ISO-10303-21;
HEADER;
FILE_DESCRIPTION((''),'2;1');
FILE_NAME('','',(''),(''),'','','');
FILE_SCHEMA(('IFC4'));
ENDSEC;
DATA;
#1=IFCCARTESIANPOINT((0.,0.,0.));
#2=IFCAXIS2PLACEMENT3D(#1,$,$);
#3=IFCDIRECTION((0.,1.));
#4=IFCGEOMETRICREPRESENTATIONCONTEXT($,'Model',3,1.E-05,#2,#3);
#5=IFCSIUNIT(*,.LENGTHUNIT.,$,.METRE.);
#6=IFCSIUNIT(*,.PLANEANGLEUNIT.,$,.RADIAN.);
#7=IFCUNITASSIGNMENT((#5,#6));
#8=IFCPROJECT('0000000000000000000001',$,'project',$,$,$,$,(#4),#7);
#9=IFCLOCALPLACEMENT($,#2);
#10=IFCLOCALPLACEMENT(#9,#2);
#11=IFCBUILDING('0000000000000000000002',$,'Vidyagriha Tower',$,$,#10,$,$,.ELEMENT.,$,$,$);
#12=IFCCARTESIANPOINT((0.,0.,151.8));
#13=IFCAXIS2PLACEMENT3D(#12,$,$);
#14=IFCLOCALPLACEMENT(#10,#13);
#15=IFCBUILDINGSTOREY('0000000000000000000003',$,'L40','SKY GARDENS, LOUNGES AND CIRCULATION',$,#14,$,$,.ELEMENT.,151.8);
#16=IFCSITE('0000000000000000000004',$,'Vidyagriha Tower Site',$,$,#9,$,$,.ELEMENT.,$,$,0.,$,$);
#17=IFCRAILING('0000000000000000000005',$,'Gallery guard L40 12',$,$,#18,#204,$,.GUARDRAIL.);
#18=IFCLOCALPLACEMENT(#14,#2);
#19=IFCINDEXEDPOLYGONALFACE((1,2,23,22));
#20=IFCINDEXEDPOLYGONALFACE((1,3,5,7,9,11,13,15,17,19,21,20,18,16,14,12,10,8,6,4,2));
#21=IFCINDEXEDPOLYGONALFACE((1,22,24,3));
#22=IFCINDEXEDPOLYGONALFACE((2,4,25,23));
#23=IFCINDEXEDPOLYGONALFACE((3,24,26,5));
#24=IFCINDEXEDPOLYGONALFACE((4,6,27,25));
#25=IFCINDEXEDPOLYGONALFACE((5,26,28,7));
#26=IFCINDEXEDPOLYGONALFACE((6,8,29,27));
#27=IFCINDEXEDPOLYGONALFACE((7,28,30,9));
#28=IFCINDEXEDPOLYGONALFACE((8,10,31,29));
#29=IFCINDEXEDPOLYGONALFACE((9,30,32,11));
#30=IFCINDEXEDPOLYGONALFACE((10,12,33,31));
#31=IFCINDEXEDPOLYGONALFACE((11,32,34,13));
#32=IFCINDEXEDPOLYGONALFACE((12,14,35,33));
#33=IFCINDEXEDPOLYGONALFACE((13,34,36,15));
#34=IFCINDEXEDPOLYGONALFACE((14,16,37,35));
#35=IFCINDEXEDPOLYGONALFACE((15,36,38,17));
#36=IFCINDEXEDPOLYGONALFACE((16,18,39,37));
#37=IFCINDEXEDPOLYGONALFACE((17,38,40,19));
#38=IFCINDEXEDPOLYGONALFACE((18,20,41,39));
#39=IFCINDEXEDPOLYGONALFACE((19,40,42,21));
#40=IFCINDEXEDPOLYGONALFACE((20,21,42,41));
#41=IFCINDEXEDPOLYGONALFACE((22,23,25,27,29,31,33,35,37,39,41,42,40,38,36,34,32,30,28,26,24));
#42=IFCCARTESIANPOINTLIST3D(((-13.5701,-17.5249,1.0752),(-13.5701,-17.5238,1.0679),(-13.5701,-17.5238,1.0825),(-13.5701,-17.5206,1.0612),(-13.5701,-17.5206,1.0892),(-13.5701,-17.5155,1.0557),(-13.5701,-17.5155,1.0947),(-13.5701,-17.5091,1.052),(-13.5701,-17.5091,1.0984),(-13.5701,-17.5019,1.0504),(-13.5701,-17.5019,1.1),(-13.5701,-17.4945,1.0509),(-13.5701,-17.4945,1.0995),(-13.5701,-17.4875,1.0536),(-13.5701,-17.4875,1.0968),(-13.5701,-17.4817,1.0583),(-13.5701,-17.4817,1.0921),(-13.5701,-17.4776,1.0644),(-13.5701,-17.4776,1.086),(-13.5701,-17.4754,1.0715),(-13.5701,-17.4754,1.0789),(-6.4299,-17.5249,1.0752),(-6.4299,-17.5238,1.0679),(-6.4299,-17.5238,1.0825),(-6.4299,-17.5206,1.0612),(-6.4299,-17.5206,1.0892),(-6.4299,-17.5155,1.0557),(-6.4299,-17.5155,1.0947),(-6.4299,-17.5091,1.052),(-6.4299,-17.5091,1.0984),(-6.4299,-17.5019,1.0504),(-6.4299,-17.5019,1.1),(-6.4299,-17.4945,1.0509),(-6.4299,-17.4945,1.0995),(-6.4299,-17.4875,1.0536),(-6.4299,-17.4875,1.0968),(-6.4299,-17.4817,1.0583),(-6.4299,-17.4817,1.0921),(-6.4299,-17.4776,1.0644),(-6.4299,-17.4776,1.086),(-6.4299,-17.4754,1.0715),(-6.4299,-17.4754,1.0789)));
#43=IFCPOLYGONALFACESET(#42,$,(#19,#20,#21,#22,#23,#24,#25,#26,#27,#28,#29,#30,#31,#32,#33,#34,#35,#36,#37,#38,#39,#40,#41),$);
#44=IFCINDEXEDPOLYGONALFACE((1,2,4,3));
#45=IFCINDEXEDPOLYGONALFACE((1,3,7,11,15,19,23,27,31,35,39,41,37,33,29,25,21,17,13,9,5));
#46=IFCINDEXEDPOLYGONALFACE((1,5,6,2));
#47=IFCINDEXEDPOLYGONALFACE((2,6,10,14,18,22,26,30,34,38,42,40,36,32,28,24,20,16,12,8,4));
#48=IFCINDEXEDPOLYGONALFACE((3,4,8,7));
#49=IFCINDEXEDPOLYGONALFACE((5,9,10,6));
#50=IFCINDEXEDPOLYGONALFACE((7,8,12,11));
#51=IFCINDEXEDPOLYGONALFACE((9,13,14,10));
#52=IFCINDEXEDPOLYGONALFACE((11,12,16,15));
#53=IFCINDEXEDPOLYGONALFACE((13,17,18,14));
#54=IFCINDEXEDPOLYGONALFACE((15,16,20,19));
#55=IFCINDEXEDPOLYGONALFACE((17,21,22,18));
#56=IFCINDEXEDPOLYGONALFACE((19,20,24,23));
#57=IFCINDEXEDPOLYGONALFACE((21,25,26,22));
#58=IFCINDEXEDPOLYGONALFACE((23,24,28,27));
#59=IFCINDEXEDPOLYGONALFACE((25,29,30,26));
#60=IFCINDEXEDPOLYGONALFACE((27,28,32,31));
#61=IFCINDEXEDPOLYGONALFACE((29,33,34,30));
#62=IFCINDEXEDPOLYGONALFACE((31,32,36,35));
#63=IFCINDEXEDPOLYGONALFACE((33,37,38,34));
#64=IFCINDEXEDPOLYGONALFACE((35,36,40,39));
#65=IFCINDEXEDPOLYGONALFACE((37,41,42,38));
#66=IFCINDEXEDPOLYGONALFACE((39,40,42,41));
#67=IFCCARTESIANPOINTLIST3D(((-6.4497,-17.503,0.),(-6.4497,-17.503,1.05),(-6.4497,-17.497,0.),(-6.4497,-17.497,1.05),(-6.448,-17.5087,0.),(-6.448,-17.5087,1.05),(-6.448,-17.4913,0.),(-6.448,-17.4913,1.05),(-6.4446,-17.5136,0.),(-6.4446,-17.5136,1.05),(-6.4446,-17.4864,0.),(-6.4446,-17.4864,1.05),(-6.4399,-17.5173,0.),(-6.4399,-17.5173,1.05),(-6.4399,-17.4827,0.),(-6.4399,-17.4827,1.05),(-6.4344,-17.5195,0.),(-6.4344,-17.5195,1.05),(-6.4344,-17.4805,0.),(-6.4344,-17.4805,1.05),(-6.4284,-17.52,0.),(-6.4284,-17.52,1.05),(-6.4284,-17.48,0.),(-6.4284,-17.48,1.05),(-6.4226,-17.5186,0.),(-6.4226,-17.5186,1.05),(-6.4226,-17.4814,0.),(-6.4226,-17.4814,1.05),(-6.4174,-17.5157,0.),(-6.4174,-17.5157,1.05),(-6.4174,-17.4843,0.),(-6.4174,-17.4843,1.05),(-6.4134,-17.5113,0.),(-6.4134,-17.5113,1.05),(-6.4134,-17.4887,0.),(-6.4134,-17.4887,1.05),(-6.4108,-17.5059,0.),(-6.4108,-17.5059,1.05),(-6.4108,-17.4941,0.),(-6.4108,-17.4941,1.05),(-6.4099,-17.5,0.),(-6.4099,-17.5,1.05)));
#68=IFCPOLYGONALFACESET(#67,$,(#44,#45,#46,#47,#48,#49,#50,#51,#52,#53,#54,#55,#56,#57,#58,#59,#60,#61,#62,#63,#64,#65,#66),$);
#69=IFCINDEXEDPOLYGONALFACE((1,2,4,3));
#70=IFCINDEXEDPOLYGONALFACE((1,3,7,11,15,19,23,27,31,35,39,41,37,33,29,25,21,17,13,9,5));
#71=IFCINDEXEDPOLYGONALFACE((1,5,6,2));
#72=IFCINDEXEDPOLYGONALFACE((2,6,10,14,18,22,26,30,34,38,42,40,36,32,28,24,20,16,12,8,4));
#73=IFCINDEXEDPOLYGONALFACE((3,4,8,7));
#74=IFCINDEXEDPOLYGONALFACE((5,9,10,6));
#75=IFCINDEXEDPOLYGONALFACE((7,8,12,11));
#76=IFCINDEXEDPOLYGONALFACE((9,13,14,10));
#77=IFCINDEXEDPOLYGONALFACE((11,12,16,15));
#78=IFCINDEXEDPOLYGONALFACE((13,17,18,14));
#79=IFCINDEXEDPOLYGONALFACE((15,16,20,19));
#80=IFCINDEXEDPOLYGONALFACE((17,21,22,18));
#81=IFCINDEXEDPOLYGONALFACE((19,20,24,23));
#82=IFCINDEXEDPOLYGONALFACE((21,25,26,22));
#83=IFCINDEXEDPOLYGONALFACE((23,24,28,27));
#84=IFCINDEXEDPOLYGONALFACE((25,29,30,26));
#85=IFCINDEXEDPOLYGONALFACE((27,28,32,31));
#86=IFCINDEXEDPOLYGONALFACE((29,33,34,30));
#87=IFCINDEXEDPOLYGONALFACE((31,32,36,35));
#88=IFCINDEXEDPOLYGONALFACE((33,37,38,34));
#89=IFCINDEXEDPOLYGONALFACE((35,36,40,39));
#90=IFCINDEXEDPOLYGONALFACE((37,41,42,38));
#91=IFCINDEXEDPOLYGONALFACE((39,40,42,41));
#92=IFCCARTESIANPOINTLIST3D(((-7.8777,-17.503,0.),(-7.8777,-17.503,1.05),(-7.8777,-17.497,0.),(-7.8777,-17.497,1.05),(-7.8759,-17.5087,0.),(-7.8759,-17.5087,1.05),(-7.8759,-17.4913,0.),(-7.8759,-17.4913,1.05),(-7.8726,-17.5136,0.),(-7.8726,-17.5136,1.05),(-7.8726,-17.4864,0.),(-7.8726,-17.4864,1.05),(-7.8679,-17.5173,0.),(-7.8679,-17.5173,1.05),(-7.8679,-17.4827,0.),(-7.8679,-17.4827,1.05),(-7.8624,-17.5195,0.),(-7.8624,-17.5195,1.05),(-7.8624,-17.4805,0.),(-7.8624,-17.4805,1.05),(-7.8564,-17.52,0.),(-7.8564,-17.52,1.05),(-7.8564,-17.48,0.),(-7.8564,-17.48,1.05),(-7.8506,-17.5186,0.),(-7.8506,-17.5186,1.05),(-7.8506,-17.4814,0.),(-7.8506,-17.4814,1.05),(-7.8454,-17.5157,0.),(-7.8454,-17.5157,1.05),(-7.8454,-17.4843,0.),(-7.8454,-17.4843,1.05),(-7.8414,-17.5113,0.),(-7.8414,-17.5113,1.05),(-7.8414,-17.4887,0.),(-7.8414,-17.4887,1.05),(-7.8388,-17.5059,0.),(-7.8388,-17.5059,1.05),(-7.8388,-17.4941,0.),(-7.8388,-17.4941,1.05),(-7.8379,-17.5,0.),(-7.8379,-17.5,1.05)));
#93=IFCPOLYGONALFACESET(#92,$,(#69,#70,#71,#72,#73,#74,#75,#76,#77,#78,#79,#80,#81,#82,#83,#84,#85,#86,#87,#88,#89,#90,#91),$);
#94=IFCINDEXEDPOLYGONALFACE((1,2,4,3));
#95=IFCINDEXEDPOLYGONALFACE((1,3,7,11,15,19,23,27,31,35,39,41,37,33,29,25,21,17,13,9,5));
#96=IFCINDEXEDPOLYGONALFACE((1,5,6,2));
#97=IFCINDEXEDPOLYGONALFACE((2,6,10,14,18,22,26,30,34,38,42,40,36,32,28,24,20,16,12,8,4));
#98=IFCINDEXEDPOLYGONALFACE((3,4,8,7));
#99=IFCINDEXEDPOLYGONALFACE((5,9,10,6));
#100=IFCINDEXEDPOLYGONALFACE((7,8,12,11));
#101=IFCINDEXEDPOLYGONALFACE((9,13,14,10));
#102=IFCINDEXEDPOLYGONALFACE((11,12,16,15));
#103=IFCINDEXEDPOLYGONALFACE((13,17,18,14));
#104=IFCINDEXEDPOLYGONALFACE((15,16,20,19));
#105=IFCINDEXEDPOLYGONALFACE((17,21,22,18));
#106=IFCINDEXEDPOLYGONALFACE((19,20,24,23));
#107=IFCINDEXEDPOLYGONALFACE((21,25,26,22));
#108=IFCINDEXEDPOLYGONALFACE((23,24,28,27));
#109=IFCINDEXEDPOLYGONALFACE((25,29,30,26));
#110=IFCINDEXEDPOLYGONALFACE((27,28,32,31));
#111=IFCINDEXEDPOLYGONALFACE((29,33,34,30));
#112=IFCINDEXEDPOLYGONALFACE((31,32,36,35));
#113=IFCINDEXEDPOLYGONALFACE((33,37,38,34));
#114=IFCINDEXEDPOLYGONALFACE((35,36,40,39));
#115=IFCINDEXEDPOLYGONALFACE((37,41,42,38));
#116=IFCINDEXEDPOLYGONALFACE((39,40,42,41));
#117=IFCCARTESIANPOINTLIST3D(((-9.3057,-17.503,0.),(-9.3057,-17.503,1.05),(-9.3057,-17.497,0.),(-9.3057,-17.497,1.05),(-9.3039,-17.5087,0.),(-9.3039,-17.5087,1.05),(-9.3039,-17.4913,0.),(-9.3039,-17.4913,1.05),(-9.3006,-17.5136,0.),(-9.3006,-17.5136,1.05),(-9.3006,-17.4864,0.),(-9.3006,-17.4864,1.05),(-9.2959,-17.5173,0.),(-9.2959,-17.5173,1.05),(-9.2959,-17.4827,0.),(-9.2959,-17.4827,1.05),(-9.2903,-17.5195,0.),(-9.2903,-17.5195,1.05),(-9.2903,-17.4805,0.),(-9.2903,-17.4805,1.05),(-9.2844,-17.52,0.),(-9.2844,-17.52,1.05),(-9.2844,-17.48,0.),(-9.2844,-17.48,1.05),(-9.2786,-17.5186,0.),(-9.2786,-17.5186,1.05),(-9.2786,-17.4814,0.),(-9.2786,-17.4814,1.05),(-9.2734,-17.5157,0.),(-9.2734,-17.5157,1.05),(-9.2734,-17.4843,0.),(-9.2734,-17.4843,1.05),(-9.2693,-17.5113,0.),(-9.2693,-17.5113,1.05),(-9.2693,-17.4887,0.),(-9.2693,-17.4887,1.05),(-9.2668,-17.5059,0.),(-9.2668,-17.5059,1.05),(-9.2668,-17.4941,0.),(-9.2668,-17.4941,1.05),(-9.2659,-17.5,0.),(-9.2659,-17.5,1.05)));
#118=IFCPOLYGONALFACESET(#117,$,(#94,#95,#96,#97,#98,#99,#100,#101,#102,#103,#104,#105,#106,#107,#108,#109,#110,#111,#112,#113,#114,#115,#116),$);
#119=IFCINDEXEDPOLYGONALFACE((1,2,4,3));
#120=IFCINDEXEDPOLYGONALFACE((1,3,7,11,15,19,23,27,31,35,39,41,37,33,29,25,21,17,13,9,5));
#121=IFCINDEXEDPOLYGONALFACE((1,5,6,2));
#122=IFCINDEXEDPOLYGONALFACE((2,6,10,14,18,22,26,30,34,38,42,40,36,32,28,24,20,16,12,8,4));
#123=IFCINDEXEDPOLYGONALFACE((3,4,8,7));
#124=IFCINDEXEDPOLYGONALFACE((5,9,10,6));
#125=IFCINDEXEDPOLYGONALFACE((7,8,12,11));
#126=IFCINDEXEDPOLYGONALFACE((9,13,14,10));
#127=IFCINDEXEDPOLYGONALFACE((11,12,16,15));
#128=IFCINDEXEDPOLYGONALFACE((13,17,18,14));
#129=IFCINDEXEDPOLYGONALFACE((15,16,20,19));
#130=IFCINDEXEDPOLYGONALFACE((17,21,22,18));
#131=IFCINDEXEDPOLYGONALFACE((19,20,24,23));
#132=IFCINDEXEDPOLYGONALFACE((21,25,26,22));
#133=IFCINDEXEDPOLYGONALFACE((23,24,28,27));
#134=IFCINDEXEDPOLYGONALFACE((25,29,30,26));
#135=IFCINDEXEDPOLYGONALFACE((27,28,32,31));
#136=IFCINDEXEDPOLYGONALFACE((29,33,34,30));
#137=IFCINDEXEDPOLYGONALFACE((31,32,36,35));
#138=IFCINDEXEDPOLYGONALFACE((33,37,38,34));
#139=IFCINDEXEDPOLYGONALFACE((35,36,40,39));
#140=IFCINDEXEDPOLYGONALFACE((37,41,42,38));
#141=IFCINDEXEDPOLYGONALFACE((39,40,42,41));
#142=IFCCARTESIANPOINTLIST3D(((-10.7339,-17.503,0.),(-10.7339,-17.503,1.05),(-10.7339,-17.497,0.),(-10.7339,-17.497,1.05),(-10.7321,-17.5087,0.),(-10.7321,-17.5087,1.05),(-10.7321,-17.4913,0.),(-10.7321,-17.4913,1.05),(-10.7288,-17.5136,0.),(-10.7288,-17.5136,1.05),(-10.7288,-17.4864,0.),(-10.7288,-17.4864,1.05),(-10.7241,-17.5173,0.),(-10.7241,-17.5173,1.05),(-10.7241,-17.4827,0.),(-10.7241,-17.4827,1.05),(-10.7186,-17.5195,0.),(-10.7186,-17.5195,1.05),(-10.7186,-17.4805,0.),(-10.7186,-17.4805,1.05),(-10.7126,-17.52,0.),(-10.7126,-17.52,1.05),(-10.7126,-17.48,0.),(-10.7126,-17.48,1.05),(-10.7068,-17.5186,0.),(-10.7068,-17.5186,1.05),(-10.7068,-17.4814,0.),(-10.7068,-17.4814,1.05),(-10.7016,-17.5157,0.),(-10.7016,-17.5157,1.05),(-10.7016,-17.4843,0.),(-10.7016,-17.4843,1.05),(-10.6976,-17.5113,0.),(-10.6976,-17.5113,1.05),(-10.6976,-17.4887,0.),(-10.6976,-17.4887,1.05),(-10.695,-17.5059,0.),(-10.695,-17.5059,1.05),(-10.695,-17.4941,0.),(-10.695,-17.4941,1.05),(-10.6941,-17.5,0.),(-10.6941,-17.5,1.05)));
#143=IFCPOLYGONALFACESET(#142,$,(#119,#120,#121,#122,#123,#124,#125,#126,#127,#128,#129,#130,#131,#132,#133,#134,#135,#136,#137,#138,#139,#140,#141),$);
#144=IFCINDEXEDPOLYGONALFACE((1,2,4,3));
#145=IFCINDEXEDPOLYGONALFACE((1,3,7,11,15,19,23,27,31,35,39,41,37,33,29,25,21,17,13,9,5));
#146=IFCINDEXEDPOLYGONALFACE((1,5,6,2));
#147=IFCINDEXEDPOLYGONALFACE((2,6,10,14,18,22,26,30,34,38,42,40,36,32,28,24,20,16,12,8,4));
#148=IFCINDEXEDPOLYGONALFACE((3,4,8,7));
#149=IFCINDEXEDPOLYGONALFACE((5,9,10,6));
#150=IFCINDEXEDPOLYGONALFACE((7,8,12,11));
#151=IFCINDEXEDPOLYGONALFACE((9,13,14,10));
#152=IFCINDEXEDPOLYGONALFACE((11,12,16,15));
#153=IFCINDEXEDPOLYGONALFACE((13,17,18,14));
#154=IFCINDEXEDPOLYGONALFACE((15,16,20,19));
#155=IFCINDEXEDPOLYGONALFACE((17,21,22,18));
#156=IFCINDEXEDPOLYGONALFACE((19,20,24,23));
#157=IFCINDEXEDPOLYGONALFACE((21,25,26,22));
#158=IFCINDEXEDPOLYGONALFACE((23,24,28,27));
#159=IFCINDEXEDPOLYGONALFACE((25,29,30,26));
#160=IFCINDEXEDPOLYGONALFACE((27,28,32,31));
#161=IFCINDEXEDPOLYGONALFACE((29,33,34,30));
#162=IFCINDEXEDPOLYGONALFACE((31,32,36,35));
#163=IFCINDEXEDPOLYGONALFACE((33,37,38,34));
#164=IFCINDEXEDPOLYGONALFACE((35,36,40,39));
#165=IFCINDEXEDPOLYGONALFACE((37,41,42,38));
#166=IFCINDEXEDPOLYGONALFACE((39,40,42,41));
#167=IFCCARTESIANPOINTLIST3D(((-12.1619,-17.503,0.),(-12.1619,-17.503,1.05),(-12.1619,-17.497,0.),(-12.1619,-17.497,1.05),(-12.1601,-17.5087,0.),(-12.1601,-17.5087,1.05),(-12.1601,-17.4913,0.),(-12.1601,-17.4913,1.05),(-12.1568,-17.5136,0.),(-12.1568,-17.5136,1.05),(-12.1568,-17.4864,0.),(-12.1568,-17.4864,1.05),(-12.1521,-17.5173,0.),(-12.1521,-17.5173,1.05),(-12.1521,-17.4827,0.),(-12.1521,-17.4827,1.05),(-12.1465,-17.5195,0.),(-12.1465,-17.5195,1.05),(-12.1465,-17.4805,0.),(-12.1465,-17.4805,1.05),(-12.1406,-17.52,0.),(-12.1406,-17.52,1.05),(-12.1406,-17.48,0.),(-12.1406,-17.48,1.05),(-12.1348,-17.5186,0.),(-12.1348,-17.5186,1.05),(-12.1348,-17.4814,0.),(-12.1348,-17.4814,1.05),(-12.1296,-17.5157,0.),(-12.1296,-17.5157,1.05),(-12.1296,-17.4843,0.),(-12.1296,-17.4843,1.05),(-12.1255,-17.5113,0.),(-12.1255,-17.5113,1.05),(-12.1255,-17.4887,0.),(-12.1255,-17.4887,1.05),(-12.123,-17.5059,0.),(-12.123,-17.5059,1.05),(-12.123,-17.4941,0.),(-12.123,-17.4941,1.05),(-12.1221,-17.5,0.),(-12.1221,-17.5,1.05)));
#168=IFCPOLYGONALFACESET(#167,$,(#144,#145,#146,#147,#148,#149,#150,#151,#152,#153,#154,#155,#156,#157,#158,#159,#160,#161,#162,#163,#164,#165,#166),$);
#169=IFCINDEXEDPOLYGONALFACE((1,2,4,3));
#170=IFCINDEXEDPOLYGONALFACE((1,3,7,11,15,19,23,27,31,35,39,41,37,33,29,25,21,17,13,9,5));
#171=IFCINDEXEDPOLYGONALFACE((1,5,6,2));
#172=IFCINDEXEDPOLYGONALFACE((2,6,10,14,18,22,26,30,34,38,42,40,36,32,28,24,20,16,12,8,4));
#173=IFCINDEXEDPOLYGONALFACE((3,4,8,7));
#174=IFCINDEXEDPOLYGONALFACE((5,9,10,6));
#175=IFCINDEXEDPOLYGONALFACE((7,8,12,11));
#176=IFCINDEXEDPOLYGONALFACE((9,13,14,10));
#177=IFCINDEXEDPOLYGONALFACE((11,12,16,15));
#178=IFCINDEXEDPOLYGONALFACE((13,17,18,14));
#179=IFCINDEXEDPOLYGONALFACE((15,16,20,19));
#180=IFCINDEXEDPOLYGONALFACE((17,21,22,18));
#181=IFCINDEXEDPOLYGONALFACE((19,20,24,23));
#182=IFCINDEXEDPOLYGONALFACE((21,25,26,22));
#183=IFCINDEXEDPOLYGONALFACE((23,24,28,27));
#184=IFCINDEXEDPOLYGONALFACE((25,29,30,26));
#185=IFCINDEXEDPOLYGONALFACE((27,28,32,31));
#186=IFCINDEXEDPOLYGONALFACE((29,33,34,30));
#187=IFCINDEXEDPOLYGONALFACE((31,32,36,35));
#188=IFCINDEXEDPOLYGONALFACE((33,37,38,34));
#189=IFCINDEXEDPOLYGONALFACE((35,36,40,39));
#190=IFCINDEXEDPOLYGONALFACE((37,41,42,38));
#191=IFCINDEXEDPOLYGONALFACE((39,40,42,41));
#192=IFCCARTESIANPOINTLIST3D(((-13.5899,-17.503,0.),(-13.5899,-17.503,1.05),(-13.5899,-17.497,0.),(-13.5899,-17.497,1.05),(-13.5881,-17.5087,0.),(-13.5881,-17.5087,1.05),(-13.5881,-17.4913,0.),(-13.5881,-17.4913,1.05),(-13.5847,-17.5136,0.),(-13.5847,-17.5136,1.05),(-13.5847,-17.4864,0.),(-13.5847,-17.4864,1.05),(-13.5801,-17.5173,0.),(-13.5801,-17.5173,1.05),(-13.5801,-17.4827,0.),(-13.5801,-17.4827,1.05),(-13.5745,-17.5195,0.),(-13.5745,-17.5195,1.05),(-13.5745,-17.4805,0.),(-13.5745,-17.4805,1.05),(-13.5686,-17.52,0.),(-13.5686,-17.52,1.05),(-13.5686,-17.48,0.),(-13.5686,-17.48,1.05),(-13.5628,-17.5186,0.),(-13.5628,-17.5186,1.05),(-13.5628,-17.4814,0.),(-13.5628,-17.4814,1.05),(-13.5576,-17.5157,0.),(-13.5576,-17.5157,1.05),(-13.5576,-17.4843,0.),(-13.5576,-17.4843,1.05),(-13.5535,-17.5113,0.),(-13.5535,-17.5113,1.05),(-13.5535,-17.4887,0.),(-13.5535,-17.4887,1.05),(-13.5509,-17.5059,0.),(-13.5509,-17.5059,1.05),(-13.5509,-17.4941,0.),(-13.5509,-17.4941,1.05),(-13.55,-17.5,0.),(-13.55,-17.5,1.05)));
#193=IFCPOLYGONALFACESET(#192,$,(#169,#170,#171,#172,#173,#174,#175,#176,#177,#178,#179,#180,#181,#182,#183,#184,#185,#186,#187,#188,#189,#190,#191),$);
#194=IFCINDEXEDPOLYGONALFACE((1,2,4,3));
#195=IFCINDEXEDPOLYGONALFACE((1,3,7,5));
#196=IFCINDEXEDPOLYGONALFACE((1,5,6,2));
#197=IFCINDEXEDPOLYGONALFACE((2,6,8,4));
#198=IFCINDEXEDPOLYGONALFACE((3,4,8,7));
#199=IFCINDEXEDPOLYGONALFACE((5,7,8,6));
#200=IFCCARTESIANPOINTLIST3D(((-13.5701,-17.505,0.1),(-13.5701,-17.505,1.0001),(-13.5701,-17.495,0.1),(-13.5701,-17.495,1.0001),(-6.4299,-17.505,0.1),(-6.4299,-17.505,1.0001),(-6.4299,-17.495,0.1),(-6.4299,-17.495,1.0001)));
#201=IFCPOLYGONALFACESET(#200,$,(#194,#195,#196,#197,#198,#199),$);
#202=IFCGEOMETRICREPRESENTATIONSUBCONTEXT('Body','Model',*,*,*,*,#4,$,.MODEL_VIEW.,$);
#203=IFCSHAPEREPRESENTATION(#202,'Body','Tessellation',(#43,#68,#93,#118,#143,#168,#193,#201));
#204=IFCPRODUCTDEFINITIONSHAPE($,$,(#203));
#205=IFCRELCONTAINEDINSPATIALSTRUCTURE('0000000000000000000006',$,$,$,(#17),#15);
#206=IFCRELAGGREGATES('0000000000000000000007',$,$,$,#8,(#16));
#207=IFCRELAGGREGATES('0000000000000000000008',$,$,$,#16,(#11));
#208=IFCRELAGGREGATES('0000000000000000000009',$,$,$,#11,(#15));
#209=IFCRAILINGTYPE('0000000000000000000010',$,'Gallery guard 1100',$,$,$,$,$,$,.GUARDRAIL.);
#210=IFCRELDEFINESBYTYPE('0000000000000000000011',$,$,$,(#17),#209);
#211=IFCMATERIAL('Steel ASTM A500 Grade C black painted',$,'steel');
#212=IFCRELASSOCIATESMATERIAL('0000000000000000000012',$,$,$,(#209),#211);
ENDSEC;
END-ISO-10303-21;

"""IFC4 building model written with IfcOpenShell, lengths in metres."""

from ifc_helpers import new_model, si_unit, direction, frame, origin, origin_2d, place, context, subcontext, project, spatial, rectangle, circle, extrude, material, type_object, element, save


model = new_model("IFC4")

# Units and contexts
model_context = context("Model", 3, precision=1e-05, world=origin(), true_north=direction((0.0, 1.0)))
body_context = subcontext(model_context, "Body", "Model", "MODEL_VIEW")
ifc_project = project(units=[si_unit("LENGTHUNIT", "METRE"), si_unit("PLANEANGLEUNIT", "RADIAN")], contexts=[model_context])

# Site, building, storey
site_placement = place(None, origin())
site = spatial("IfcSite", under=ifc_project, at=site_placement, Name="Vidyagriha Tower Site", CompositionType="ELEMENT", RefElevation=0.0)
building_placement = place(site_placement, origin())
building = spatial("IfcBuilding", under=site, at=building_placement, Name="Vidyagriha Tower", CompositionType="ELEMENT")
storey_placement = place(building_placement, frame((0.0, 0.0, 151.8)))
storey = spatial("IfcBuildingStorey", under=building, at=storey_placement, Name="L40", Description="SKY GARDENS, LOUNGES AND CIRCULATION", CompositionType="ELEMENT", Elevation=151.8)

# Railing
ifc_material_1 = material(Name="Steel ASTM A500 Grade C black painted", Category="steel")
railing_type = type_object("IfcRailingType", Name="Gallery guard 1100", PredefinedType="GUARDRAIL", material=ifc_material_1)
railing_placement = place(storey_placement, frame((-6.4299, -17.5, 0.0)))
element("IfcRailing", 1, at=railing_placement, inside=storey, type_object=railing_type, Name="Gallery guard L40 12", PredefinedType="GUARDRAIL", context=body_context, shape_type="SweptSolid", body=[
    extrude(circle(Radius=0.0249, at=origin_2d()), frame((0.0, 0.0, 1.0752), z_axis=(-1.0, 0.0, 0.0), x_axis=(0.0, -1.0, 0.0)), (0.0, 0.0, 1.0), 7.1401),
    extrude(circle(Radius=0.02, at=origin_2d()), origin(), (0.0, 0.0, 1.0), 1.05),
    extrude(circle(Radius=0.02, at=origin_2d()), frame((-1.428, 0.0, 0.0)), (0.0, 0.0, 1.0), 1.05),
    extrude(circle(Radius=0.02, at=origin_2d()), frame((-2.856, 0.0, 0.0)), (0.0, 0.0, 1.0), 1.05),
    extrude(circle(Radius=0.02, at=origin_2d()), frame((-4.2842, 0.0, 0.0)), (0.0, 0.0, 1.0), 1.05),
    extrude(circle(Radius=0.02, at=origin_2d()), frame((-5.7122, 0.0, 0.0)), (0.0, 0.0, 1.0), 1.05),
    extrude(circle(Radius=0.02, at=origin_2d()), frame((-7.1401, 0.0, 0.0)), (0.0, 0.0, 1.0), 1.05),
    extrude(rectangle(XDim=0.01, YDim=0.9001, at=origin_2d()), frame((0.0, 0.0, 0.55), z_axis=(-1.0, 0.0, 0.0), x_axis=(0.0, -1.0, 0.0)), (0.0, 0.0, 1.0), 7.1401),
])

save(model, "model.ifc")
